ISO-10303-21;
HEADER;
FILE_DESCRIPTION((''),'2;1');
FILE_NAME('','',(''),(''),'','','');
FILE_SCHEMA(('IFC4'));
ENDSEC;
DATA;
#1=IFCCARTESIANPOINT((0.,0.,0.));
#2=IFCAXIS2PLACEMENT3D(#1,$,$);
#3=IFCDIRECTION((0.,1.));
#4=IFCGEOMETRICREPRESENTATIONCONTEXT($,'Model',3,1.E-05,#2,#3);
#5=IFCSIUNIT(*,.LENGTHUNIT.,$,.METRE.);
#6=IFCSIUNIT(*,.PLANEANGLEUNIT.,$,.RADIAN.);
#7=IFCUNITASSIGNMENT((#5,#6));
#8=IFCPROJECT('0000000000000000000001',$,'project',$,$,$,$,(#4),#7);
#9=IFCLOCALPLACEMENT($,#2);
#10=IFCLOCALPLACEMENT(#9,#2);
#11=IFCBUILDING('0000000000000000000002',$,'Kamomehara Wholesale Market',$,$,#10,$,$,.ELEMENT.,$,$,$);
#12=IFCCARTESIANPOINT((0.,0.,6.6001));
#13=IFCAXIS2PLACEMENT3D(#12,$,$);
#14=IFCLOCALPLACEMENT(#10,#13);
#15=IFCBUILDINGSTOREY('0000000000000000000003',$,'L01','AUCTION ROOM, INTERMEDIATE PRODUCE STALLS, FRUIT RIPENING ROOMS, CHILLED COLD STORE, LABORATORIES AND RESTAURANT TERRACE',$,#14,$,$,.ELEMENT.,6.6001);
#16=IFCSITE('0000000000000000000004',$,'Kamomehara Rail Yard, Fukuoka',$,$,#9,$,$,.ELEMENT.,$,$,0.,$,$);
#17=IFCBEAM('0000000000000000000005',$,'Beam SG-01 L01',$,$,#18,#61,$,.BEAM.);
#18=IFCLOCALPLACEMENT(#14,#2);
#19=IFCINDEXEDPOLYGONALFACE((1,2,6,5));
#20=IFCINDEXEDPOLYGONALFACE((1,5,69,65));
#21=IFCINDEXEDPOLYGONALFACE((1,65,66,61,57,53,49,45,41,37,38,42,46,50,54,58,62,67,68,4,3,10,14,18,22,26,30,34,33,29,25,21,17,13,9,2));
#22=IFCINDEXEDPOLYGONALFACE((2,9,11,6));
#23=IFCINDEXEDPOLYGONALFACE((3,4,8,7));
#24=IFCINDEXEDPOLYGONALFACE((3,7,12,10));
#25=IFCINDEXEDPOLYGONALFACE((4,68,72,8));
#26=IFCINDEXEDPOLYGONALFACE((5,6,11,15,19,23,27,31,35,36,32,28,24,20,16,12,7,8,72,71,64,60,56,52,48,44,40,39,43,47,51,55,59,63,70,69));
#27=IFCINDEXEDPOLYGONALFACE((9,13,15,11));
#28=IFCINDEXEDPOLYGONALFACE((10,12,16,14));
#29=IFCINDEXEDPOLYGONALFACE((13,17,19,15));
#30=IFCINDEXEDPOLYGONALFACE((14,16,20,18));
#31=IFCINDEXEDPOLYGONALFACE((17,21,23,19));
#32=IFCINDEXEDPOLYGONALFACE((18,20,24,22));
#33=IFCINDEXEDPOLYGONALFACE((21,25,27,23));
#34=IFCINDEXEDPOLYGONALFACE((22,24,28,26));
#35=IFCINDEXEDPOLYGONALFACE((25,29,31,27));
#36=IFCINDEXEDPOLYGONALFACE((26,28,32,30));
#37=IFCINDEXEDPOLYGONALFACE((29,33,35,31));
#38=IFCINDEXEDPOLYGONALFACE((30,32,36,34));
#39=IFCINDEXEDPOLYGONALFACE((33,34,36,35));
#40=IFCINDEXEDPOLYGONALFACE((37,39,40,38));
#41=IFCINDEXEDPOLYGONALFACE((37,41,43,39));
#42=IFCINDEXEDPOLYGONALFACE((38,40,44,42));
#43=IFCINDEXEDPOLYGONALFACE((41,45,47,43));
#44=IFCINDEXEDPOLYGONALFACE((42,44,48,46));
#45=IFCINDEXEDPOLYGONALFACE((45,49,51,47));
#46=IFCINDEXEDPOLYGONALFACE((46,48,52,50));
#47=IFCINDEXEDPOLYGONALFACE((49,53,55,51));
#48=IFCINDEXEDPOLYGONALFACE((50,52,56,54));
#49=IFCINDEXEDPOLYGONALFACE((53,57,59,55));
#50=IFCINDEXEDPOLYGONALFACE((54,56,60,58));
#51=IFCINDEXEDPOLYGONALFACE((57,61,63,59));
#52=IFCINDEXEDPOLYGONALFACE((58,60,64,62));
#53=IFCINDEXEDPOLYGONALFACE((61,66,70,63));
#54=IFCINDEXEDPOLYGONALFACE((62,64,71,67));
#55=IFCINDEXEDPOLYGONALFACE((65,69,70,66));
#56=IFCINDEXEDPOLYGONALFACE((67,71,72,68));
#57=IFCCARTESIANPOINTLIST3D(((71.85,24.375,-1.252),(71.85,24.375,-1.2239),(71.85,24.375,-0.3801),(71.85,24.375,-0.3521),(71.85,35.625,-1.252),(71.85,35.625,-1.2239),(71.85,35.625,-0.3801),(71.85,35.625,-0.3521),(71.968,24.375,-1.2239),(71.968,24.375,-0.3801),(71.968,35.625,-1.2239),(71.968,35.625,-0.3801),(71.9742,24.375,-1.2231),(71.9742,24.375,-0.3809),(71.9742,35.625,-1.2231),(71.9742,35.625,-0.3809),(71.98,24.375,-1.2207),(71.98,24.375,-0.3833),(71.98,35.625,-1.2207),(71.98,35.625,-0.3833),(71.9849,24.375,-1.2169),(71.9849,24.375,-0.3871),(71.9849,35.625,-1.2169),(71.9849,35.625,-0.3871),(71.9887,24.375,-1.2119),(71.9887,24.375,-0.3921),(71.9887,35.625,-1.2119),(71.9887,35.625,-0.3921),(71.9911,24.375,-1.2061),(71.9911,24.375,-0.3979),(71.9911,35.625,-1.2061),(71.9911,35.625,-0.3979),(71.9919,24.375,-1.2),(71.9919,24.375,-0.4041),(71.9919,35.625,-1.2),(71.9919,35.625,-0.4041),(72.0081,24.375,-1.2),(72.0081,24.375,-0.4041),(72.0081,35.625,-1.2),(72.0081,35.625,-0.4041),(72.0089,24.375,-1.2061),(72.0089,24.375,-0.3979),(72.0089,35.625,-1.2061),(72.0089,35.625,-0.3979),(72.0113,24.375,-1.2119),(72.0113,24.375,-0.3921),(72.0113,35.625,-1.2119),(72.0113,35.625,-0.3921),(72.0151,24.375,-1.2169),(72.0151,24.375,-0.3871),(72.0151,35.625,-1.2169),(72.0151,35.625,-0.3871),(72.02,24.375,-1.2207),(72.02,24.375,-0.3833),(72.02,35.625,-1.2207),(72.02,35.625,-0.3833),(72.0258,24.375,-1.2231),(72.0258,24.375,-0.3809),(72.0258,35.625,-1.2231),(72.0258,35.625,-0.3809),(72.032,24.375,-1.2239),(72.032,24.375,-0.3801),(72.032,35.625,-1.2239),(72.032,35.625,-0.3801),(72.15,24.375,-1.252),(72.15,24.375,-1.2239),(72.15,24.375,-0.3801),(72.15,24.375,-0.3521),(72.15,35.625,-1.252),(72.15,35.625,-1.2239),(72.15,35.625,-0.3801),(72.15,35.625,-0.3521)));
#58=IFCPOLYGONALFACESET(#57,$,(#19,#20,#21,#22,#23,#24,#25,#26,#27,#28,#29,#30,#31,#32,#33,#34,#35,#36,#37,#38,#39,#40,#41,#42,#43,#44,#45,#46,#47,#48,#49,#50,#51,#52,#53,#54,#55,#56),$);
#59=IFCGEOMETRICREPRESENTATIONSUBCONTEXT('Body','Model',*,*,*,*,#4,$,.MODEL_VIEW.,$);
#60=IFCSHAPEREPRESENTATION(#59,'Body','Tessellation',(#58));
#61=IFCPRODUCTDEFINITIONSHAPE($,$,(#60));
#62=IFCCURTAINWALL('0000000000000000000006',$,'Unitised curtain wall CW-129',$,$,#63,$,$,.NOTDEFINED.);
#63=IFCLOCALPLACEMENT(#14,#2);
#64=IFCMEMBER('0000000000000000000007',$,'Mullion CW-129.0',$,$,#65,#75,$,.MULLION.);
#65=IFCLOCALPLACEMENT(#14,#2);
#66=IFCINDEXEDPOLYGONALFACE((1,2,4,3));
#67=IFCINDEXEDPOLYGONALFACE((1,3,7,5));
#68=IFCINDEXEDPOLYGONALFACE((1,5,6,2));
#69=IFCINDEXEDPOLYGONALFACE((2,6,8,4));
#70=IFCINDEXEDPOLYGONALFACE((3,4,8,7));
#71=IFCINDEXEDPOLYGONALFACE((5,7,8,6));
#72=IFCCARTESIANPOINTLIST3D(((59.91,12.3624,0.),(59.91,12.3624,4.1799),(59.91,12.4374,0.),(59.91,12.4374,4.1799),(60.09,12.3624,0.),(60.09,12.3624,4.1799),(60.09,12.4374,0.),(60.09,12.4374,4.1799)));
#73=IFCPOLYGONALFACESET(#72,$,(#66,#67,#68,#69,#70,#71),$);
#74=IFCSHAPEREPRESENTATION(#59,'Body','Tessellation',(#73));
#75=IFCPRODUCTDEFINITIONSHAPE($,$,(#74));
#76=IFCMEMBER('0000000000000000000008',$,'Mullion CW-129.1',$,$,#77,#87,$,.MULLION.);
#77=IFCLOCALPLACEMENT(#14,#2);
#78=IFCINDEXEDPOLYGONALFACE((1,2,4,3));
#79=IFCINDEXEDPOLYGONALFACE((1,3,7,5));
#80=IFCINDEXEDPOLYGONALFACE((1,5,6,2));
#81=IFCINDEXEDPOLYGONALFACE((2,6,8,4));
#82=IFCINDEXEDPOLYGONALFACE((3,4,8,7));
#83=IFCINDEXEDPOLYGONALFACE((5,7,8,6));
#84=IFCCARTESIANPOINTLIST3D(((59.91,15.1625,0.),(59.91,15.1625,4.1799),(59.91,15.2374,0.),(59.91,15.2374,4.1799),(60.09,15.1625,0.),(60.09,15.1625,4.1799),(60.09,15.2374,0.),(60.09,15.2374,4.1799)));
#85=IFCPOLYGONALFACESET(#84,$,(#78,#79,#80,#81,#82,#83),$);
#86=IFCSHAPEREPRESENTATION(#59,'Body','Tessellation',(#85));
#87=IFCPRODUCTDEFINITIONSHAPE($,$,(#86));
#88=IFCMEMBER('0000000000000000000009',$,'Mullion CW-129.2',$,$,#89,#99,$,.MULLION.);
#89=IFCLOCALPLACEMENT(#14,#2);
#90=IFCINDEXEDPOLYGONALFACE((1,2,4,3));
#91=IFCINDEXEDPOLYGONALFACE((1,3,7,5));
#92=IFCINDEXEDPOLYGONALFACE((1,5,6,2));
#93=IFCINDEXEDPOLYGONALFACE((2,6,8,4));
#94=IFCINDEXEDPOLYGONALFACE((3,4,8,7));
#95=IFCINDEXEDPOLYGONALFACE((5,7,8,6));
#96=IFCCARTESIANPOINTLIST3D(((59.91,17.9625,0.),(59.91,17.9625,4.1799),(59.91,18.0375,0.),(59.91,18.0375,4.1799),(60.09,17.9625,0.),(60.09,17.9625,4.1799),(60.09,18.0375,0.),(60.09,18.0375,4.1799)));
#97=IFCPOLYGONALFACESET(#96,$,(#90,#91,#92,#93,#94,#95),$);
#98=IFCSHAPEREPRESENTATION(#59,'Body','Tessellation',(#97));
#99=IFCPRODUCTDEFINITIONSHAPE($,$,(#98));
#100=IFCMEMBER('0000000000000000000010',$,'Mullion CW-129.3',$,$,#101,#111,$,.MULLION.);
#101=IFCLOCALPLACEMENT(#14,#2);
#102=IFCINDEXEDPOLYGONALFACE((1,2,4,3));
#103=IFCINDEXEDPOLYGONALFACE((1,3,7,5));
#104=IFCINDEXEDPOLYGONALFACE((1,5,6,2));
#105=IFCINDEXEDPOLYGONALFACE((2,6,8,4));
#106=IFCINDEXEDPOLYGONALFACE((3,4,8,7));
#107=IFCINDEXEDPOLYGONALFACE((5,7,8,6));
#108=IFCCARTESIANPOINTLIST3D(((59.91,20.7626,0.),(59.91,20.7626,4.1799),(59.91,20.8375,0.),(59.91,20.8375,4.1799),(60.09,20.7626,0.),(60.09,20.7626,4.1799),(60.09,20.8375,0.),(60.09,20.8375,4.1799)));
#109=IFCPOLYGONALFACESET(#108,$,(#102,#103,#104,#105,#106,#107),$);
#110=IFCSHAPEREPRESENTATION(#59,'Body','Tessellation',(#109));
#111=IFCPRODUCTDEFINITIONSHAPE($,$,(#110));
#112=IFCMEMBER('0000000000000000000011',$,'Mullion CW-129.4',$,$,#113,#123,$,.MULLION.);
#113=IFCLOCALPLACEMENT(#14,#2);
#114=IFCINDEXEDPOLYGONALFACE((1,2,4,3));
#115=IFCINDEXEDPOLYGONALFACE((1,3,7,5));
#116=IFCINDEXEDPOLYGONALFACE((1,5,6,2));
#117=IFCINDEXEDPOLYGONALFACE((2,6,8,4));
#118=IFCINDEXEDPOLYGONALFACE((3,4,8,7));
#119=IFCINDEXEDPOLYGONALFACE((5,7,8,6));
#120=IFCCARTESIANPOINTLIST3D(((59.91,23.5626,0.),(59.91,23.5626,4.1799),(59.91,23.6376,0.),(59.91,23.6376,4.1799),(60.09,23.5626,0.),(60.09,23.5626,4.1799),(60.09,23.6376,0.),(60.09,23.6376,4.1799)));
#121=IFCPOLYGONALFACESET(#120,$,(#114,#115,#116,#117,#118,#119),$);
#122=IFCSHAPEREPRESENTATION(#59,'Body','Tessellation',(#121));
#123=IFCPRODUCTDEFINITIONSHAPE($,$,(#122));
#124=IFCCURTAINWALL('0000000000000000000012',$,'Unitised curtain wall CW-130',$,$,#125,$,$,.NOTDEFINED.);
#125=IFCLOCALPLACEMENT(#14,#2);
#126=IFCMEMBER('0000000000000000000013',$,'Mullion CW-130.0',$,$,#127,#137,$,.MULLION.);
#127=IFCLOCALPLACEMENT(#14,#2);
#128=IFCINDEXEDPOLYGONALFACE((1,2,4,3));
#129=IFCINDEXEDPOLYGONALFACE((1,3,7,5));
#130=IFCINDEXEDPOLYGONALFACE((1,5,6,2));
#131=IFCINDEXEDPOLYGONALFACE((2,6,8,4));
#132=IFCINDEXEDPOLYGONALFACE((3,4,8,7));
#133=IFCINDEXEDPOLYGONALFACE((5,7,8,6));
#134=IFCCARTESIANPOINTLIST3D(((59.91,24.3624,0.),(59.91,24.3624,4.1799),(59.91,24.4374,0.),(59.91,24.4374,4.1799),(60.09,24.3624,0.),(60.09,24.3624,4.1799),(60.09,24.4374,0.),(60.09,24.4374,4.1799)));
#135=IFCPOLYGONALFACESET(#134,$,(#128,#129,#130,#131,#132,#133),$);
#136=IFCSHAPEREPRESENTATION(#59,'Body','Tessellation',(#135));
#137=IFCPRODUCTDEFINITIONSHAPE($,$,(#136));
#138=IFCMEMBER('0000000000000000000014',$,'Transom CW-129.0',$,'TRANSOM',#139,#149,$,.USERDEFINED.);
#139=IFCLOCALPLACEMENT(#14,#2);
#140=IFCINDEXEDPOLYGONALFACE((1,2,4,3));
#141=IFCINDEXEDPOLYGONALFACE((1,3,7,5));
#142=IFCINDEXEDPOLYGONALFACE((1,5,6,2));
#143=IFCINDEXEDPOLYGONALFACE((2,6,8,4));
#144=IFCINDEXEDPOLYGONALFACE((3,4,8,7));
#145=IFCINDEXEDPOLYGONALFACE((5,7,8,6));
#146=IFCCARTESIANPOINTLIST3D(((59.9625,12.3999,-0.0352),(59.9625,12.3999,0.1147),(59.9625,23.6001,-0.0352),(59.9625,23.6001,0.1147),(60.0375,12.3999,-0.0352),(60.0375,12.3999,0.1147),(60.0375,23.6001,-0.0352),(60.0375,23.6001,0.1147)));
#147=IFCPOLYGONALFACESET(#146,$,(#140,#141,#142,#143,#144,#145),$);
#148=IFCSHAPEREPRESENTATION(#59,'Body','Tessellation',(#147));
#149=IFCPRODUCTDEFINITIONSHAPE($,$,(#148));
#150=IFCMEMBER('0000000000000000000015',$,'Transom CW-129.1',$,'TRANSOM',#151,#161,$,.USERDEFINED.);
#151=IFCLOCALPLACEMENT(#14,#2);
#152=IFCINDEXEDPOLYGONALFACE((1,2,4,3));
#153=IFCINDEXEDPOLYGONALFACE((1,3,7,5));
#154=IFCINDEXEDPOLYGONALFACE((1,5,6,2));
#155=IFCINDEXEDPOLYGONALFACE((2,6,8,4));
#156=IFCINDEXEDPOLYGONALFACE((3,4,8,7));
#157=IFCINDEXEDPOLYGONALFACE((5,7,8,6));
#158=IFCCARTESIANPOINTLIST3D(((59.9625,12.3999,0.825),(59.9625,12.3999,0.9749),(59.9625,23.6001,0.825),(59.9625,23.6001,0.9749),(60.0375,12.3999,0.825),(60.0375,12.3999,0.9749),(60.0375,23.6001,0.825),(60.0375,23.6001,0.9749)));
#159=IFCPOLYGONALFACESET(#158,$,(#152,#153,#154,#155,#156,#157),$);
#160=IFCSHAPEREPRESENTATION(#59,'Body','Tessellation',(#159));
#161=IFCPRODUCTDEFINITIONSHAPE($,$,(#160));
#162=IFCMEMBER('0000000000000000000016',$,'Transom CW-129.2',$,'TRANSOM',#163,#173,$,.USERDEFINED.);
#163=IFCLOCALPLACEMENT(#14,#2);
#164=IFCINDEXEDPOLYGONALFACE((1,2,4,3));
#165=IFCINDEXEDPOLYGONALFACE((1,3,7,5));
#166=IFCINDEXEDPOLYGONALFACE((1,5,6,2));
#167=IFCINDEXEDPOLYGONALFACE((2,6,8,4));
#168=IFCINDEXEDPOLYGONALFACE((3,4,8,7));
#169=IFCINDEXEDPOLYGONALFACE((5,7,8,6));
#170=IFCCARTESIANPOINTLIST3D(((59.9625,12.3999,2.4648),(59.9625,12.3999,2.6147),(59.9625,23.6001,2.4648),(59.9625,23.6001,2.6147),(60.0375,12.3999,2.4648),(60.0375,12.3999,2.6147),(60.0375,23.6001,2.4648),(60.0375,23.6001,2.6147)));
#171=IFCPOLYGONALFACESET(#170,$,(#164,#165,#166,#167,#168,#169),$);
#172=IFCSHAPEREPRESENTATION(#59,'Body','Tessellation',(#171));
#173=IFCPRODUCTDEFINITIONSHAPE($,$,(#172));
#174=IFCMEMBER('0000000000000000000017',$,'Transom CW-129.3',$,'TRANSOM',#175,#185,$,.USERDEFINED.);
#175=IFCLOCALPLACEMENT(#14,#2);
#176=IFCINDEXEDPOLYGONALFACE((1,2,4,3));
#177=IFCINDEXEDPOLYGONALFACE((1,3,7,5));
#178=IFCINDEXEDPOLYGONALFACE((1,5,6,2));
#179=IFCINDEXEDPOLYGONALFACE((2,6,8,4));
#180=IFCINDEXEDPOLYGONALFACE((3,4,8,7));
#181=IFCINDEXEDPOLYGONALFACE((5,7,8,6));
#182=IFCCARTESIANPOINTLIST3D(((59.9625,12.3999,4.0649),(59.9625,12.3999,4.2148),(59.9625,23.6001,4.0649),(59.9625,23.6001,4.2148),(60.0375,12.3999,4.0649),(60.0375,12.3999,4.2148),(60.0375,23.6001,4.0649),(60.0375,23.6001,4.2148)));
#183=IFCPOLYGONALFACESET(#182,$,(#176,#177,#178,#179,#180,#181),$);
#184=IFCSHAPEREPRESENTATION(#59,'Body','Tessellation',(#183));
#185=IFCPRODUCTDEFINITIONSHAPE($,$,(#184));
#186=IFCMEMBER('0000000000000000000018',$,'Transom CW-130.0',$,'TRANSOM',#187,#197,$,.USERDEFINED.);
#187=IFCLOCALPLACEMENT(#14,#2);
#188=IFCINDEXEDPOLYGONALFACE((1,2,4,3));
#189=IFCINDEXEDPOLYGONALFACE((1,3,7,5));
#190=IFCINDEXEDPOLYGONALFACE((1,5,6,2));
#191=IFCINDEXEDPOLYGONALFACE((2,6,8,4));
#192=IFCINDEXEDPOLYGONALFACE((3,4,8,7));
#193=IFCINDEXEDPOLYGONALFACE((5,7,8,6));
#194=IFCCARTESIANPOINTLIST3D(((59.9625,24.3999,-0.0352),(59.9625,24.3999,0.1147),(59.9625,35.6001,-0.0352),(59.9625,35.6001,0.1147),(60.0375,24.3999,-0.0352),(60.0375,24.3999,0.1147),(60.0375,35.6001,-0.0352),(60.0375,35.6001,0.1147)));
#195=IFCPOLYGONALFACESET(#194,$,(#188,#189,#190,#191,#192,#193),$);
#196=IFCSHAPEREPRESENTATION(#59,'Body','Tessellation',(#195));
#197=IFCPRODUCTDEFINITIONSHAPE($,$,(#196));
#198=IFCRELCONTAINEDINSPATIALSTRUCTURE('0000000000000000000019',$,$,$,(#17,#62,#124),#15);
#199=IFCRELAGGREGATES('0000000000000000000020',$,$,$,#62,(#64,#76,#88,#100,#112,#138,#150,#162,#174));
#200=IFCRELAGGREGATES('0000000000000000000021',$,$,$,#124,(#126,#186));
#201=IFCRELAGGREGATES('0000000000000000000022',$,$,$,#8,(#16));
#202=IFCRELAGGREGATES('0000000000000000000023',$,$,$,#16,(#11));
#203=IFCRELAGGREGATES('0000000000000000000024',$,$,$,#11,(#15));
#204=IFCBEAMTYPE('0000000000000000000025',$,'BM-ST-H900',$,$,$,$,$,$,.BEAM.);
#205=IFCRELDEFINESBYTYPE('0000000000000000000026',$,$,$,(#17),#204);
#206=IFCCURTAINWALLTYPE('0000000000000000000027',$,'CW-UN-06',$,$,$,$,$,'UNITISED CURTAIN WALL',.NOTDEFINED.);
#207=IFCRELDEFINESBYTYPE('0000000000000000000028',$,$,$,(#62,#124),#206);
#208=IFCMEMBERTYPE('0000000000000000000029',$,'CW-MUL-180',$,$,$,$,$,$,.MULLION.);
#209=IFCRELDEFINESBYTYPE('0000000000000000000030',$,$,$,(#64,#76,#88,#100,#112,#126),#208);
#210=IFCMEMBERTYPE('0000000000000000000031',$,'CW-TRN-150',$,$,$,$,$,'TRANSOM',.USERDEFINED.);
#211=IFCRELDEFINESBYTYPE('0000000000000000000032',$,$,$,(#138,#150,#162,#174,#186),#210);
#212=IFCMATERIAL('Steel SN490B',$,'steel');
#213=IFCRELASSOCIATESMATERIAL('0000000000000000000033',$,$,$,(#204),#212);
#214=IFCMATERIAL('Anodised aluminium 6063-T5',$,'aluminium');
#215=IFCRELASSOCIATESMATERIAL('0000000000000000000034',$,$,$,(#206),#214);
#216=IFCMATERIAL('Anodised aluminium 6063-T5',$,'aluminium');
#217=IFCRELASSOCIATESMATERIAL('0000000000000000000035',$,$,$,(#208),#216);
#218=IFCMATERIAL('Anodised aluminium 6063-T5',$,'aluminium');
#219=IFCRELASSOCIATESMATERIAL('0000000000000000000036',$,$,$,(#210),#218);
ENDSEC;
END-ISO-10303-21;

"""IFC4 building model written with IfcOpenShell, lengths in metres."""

from ifc_helpers import new_model, si_unit, direction, frame, origin, origin_2d, place, context, subcontext, project, spatial, rectangle, i_section, extrude, material, material_profile, profile_set, type_object, element, aggregate, save


model = new_model("IFC4")

# Units and contexts
model_context = context("Model", 3, precision=1e-05, world=origin(), true_north=direction((0.0, 1.0)))
body_context = subcontext(model_context, "Body", "Model", "MODEL_VIEW")
ifc_project = project(units=[si_unit("LENGTHUNIT", "METRE"), si_unit("PLANEANGLEUNIT", "RADIAN")], contexts=[model_context])

# Site, building, storey
site_placement = place(None, origin())
site = spatial("IfcSite", under=ifc_project, at=site_placement, Name="Kamomehara Rail Yard, Fukuoka", CompositionType="ELEMENT", RefElevation=0.0)
building_placement = place(site_placement, origin())
building = spatial("IfcBuilding", under=site, at=building_placement, Name="Kamomehara Wholesale Market", CompositionType="ELEMENT")
storey_placement = place(building_placement, frame((0.0, 0.0, 6.6001)))
storey = spatial("IfcBuildingStorey", under=building, at=storey_placement, Name="L01", Description="AUCTION ROOM, INTERMEDIATE PRODUCE STALLS, FRUIT RIPENING ROOMS, CHILLED COLD STORE, LABORATORIES AND RESTAURANT TERRACE", CompositionType="ELEMENT", Elevation=6.6001)

# Beam
ifc_material_1 = material(Name="Steel SN490B", Category="steel")
ifc_material_profile_1 = material_profile(ifc_material_1, i_section(OverallWidth=0.3, OverallDepth=0.8999, WebThickness=0.0161, FlangeThickness=0.0281, FilletRadius=0.0239, at=origin_2d()), Name="H-900x300x16x28")
ifc_profile_set_1 = profile_set([ifc_material_profile_1], Name="Steel SN490B")
beam_type_1 = type_object("IfcBeamType", Name="BM-ST-H900", PredefinedType="BEAM", material=ifc_profile_set_1)
beam_1_placement = place(storey_placement, frame((72.0, 24.375, -0.802), z_axis=(0.0, 1.0, 0.0), x_axis=(-1.0, 0.0, 0.0)))
element("IfcBeam", 1, at=beam_1_placement, inside=storey, type_object=beam_type_1, Name="Beam SG-01 L01", PredefinedType="BEAM", context=body_context, shape_type="SweptSolid", body=[
    extrude(i_section(OverallWidth=0.3, OverallDepth=0.8999, WebThickness=0.0161, FlangeThickness=0.0281, FilletRadius=0.0239, at=origin_2d()), origin(), (0.0, 0.0, 1.0), 11.25),
])

# Curtain wall, members
ifc_material_2 = material(Name="Anodised aluminium 6063-T5", Category="aluminium")
curtain_wall_type = type_object("IfcCurtainWallType", Name="CW-UN-06", ElementType="UNITISED CURTAIN WALL", PredefinedType="NOTDEFINED", material=ifc_material_2)
curtain_wall_1_placement = place(storey_placement, origin())
curtain_wall_1 = element("IfcCurtainWall", 2, at=curtain_wall_1_placement, inside=storey, type_object=curtain_wall_type, Name="Unitised curtain wall CW-129", PredefinedType="NOTDEFINED")
ifc_material_3 = material(Name="Anodised aluminium 6063-T5", Category="aluminium")
ifc_material_profile_2 = material_profile(ifc_material_3, rectangle(XDim=0.075, YDim=0.1799, at=origin_2d()), Name="ALU-MUL-75x180")
ifc_profile_set_2 = profile_set([ifc_material_profile_2], Name="Anodised aluminium 6063-T5")
member_type_1 = type_object("IfcMemberType", Name="CW-MUL-180", PredefinedType="MULLION", material=ifc_profile_set_2)
member_1_placement = place(storey_placement, frame((60.0, 12.3999, 0.0), z_axis=(0.0, 0.0, 1.0), x_axis=(0.0, 1.0, 0.0)))
member_1 = element("IfcMember", 3, at=member_1_placement, type_object=member_type_1, Name="Mullion CW-129.0", PredefinedType="MULLION", context=body_context, shape_type="SweptSolid", body=[
    extrude(rectangle(XDim=0.075, YDim=0.1799, at=origin_2d()), origin(), (0.0, 0.0, 1.0), 4.1799),
])
member_2_placement = place(storey_placement, frame((60.0, 15.2, 0.0), z_axis=(0.0, 0.0, 1.0), x_axis=(0.0, 1.0, 0.0)))
member_2 = element("IfcMember", 4, at=member_2_placement, type_object=member_type_1, Name="Mullion CW-129.1", PredefinedType="MULLION", context=body_context, shape_type="SweptSolid", body=[
    extrude(rectangle(XDim=0.075, YDim=0.1799, at=origin_2d()), origin(), (0.0, 0.0, 1.0), 4.1799),
])
member_3_placement = place(storey_placement, frame((60.0, 18.0, 0.0), z_axis=(0.0, 0.0, 1.0), x_axis=(0.0, 1.0, 0.0)))
member_3 = element("IfcMember", 5, at=member_3_placement, type_object=member_type_1, Name="Mullion CW-129.2", PredefinedType="MULLION", context=body_context, shape_type="SweptSolid", body=[
    extrude(rectangle(XDim=0.075, YDim=0.1799, at=origin_2d()), origin(), (0.0, 0.0, 1.0), 4.1799),
])
member_4_placement = place(storey_placement, frame((60.0, 20.8, 0.0), z_axis=(0.0, 0.0, 1.0), x_axis=(0.0, 1.0, 0.0)))
member_4 = element("IfcMember", 6, at=member_4_placement, type_object=member_type_1, Name="Mullion CW-129.3", PredefinedType="MULLION", context=body_context, shape_type="SweptSolid", body=[
    extrude(rectangle(XDim=0.075, YDim=0.1799, at=origin_2d()), origin(), (0.0, 0.0, 1.0), 4.1799),
])
member_5_placement = place(storey_placement, frame((60.0, 23.6001, 0.0), z_axis=(0.0, 0.0, 1.0), x_axis=(0.0, 1.0, 0.0)))
member_5 = element("IfcMember", 7, at=member_5_placement, type_object=member_type_1, Name="Mullion CW-129.4", PredefinedType="MULLION", context=body_context, shape_type="SweptSolid", body=[
    extrude(rectangle(XDim=0.075, YDim=0.1799, at=origin_2d()), origin(), (0.0, 0.0, 1.0), 4.1799),
])

# Curtain wall, member
curtain_wall_2_placement = place(storey_placement, origin())
curtain_wall_2 = element("IfcCurtainWall", 8, at=curtain_wall_2_placement, inside=storey, type_object=curtain_wall_type, Name="Unitised curtain wall CW-130", PredefinedType="NOTDEFINED")
member_6_placement = place(storey_placement, frame((60.0, 24.3999, 0.0), z_axis=(0.0, 0.0, 1.0), x_axis=(0.0, 1.0, 0.0)))
member_6 = element("IfcMember", 9, at=member_6_placement, type_object=member_type_1, Name="Mullion CW-130.0", PredefinedType="MULLION", context=body_context, shape_type="SweptSolid", body=[
    extrude(rectangle(XDim=0.075, YDim=0.1799, at=origin_2d()), origin(), (0.0, 0.0, 1.0), 4.1799),
])

# Members
ifc_material_4 = material(Name="Anodised aluminium 6063-T5", Category="aluminium")
ifc_material_profile_3 = material_profile(ifc_material_4, rectangle(XDim=0.075, YDim=0.1499, at=origin_2d()), Name="ALU-TRN-75x150")
ifc_profile_set_3 = profile_set([ifc_material_profile_3], Name="Anodised aluminium 6063-T5")
member_type_2 = type_object("IfcMemberType", Name="CW-TRN-150", ElementType="TRANSOM", PredefinedType="USERDEFINED", material=ifc_profile_set_3)
member_7_placement = place(storey_placement, frame((60.0, 12.3999, 0.0398), z_axis=(0.0, 1.0, 0.0), x_axis=(-1.0, 0.0, 0.0)))
member_7 = element("IfcMember", 10, at=member_7_placement, type_object=member_type_2, Name="Transom CW-129.0", ObjectType="TRANSOM", PredefinedType="USERDEFINED", context=body_context, shape_type="SweptSolid", body=[
    extrude(rectangle(XDim=0.075, YDim=0.1499, at=origin_2d()), origin(), (0.0, 0.0, 1.0), 11.2002),
])
member_8_placement = place(storey_placement, frame((60.0, 12.3999, 0.8999), z_axis=(0.0, 1.0, 0.0), x_axis=(-1.0, 0.0, 0.0)))
member_8 = element("IfcMember", 11, at=member_8_placement, type_object=member_type_2, Name="Transom CW-129.1", ObjectType="TRANSOM", PredefinedType="USERDEFINED", context=body_context, shape_type="SweptSolid", body=[
    extrude(rectangle(XDim=0.075, YDim=0.1499, at=origin_2d()), origin(), (0.0, 0.0, 1.0), 11.2002),
])
member_9_placement = place(storey_placement, frame((60.0, 12.3999, 2.5398), z_axis=(0.0, 1.0, 0.0), x_axis=(-1.0, 0.0, 0.0)))
member_9 = element("IfcMember", 12, at=member_9_placement, type_object=member_type_2, Name="Transom CW-129.2", ObjectType="TRANSOM", PredefinedType="USERDEFINED", context=body_context, shape_type="SweptSolid", body=[
    extrude(rectangle(XDim=0.075, YDim=0.1499, at=origin_2d()), origin(), (0.0, 0.0, 1.0), 11.2002),
])
member_10_placement = place(storey_placement, frame((60.0, 12.3999, 4.1399), z_axis=(0.0, 1.0, 0.0), x_axis=(-1.0, 0.0, 0.0)))
member_10 = element("IfcMember", 13, at=member_10_placement, type_object=member_type_2, Name="Transom CW-129.3", ObjectType="TRANSOM", PredefinedType="USERDEFINED", context=body_context, shape_type="SweptSolid", body=[
    extrude(rectangle(XDim=0.075, YDim=0.1499, at=origin_2d()), origin(), (0.0, 0.0, 1.0), 11.2002),
])
aggregate(curtain_wall_1, [member_1, member_2, member_3, member_4, member_5, member_7, member_8, member_9, member_10])
member_11_placement = place(storey_placement, frame((60.0, 24.3999, 0.0398), z_axis=(0.0, 1.0, 0.0), x_axis=(-1.0, 0.0, 0.0)))
member_11 = element("IfcMember", 14, at=member_11_placement, type_object=member_type_2, Name="Transom CW-130.0", ObjectType="TRANSOM", PredefinedType="USERDEFINED", context=body_context, shape_type="SweptSolid", body=[
    extrude(rectangle(XDim=0.075, YDim=0.1499, at=origin_2d()), origin(), (0.0, 0.0, 1.0), 11.2002),
])
aggregate(curtain_wall_2, [member_6, member_11])

save(model, "model.ifc")
